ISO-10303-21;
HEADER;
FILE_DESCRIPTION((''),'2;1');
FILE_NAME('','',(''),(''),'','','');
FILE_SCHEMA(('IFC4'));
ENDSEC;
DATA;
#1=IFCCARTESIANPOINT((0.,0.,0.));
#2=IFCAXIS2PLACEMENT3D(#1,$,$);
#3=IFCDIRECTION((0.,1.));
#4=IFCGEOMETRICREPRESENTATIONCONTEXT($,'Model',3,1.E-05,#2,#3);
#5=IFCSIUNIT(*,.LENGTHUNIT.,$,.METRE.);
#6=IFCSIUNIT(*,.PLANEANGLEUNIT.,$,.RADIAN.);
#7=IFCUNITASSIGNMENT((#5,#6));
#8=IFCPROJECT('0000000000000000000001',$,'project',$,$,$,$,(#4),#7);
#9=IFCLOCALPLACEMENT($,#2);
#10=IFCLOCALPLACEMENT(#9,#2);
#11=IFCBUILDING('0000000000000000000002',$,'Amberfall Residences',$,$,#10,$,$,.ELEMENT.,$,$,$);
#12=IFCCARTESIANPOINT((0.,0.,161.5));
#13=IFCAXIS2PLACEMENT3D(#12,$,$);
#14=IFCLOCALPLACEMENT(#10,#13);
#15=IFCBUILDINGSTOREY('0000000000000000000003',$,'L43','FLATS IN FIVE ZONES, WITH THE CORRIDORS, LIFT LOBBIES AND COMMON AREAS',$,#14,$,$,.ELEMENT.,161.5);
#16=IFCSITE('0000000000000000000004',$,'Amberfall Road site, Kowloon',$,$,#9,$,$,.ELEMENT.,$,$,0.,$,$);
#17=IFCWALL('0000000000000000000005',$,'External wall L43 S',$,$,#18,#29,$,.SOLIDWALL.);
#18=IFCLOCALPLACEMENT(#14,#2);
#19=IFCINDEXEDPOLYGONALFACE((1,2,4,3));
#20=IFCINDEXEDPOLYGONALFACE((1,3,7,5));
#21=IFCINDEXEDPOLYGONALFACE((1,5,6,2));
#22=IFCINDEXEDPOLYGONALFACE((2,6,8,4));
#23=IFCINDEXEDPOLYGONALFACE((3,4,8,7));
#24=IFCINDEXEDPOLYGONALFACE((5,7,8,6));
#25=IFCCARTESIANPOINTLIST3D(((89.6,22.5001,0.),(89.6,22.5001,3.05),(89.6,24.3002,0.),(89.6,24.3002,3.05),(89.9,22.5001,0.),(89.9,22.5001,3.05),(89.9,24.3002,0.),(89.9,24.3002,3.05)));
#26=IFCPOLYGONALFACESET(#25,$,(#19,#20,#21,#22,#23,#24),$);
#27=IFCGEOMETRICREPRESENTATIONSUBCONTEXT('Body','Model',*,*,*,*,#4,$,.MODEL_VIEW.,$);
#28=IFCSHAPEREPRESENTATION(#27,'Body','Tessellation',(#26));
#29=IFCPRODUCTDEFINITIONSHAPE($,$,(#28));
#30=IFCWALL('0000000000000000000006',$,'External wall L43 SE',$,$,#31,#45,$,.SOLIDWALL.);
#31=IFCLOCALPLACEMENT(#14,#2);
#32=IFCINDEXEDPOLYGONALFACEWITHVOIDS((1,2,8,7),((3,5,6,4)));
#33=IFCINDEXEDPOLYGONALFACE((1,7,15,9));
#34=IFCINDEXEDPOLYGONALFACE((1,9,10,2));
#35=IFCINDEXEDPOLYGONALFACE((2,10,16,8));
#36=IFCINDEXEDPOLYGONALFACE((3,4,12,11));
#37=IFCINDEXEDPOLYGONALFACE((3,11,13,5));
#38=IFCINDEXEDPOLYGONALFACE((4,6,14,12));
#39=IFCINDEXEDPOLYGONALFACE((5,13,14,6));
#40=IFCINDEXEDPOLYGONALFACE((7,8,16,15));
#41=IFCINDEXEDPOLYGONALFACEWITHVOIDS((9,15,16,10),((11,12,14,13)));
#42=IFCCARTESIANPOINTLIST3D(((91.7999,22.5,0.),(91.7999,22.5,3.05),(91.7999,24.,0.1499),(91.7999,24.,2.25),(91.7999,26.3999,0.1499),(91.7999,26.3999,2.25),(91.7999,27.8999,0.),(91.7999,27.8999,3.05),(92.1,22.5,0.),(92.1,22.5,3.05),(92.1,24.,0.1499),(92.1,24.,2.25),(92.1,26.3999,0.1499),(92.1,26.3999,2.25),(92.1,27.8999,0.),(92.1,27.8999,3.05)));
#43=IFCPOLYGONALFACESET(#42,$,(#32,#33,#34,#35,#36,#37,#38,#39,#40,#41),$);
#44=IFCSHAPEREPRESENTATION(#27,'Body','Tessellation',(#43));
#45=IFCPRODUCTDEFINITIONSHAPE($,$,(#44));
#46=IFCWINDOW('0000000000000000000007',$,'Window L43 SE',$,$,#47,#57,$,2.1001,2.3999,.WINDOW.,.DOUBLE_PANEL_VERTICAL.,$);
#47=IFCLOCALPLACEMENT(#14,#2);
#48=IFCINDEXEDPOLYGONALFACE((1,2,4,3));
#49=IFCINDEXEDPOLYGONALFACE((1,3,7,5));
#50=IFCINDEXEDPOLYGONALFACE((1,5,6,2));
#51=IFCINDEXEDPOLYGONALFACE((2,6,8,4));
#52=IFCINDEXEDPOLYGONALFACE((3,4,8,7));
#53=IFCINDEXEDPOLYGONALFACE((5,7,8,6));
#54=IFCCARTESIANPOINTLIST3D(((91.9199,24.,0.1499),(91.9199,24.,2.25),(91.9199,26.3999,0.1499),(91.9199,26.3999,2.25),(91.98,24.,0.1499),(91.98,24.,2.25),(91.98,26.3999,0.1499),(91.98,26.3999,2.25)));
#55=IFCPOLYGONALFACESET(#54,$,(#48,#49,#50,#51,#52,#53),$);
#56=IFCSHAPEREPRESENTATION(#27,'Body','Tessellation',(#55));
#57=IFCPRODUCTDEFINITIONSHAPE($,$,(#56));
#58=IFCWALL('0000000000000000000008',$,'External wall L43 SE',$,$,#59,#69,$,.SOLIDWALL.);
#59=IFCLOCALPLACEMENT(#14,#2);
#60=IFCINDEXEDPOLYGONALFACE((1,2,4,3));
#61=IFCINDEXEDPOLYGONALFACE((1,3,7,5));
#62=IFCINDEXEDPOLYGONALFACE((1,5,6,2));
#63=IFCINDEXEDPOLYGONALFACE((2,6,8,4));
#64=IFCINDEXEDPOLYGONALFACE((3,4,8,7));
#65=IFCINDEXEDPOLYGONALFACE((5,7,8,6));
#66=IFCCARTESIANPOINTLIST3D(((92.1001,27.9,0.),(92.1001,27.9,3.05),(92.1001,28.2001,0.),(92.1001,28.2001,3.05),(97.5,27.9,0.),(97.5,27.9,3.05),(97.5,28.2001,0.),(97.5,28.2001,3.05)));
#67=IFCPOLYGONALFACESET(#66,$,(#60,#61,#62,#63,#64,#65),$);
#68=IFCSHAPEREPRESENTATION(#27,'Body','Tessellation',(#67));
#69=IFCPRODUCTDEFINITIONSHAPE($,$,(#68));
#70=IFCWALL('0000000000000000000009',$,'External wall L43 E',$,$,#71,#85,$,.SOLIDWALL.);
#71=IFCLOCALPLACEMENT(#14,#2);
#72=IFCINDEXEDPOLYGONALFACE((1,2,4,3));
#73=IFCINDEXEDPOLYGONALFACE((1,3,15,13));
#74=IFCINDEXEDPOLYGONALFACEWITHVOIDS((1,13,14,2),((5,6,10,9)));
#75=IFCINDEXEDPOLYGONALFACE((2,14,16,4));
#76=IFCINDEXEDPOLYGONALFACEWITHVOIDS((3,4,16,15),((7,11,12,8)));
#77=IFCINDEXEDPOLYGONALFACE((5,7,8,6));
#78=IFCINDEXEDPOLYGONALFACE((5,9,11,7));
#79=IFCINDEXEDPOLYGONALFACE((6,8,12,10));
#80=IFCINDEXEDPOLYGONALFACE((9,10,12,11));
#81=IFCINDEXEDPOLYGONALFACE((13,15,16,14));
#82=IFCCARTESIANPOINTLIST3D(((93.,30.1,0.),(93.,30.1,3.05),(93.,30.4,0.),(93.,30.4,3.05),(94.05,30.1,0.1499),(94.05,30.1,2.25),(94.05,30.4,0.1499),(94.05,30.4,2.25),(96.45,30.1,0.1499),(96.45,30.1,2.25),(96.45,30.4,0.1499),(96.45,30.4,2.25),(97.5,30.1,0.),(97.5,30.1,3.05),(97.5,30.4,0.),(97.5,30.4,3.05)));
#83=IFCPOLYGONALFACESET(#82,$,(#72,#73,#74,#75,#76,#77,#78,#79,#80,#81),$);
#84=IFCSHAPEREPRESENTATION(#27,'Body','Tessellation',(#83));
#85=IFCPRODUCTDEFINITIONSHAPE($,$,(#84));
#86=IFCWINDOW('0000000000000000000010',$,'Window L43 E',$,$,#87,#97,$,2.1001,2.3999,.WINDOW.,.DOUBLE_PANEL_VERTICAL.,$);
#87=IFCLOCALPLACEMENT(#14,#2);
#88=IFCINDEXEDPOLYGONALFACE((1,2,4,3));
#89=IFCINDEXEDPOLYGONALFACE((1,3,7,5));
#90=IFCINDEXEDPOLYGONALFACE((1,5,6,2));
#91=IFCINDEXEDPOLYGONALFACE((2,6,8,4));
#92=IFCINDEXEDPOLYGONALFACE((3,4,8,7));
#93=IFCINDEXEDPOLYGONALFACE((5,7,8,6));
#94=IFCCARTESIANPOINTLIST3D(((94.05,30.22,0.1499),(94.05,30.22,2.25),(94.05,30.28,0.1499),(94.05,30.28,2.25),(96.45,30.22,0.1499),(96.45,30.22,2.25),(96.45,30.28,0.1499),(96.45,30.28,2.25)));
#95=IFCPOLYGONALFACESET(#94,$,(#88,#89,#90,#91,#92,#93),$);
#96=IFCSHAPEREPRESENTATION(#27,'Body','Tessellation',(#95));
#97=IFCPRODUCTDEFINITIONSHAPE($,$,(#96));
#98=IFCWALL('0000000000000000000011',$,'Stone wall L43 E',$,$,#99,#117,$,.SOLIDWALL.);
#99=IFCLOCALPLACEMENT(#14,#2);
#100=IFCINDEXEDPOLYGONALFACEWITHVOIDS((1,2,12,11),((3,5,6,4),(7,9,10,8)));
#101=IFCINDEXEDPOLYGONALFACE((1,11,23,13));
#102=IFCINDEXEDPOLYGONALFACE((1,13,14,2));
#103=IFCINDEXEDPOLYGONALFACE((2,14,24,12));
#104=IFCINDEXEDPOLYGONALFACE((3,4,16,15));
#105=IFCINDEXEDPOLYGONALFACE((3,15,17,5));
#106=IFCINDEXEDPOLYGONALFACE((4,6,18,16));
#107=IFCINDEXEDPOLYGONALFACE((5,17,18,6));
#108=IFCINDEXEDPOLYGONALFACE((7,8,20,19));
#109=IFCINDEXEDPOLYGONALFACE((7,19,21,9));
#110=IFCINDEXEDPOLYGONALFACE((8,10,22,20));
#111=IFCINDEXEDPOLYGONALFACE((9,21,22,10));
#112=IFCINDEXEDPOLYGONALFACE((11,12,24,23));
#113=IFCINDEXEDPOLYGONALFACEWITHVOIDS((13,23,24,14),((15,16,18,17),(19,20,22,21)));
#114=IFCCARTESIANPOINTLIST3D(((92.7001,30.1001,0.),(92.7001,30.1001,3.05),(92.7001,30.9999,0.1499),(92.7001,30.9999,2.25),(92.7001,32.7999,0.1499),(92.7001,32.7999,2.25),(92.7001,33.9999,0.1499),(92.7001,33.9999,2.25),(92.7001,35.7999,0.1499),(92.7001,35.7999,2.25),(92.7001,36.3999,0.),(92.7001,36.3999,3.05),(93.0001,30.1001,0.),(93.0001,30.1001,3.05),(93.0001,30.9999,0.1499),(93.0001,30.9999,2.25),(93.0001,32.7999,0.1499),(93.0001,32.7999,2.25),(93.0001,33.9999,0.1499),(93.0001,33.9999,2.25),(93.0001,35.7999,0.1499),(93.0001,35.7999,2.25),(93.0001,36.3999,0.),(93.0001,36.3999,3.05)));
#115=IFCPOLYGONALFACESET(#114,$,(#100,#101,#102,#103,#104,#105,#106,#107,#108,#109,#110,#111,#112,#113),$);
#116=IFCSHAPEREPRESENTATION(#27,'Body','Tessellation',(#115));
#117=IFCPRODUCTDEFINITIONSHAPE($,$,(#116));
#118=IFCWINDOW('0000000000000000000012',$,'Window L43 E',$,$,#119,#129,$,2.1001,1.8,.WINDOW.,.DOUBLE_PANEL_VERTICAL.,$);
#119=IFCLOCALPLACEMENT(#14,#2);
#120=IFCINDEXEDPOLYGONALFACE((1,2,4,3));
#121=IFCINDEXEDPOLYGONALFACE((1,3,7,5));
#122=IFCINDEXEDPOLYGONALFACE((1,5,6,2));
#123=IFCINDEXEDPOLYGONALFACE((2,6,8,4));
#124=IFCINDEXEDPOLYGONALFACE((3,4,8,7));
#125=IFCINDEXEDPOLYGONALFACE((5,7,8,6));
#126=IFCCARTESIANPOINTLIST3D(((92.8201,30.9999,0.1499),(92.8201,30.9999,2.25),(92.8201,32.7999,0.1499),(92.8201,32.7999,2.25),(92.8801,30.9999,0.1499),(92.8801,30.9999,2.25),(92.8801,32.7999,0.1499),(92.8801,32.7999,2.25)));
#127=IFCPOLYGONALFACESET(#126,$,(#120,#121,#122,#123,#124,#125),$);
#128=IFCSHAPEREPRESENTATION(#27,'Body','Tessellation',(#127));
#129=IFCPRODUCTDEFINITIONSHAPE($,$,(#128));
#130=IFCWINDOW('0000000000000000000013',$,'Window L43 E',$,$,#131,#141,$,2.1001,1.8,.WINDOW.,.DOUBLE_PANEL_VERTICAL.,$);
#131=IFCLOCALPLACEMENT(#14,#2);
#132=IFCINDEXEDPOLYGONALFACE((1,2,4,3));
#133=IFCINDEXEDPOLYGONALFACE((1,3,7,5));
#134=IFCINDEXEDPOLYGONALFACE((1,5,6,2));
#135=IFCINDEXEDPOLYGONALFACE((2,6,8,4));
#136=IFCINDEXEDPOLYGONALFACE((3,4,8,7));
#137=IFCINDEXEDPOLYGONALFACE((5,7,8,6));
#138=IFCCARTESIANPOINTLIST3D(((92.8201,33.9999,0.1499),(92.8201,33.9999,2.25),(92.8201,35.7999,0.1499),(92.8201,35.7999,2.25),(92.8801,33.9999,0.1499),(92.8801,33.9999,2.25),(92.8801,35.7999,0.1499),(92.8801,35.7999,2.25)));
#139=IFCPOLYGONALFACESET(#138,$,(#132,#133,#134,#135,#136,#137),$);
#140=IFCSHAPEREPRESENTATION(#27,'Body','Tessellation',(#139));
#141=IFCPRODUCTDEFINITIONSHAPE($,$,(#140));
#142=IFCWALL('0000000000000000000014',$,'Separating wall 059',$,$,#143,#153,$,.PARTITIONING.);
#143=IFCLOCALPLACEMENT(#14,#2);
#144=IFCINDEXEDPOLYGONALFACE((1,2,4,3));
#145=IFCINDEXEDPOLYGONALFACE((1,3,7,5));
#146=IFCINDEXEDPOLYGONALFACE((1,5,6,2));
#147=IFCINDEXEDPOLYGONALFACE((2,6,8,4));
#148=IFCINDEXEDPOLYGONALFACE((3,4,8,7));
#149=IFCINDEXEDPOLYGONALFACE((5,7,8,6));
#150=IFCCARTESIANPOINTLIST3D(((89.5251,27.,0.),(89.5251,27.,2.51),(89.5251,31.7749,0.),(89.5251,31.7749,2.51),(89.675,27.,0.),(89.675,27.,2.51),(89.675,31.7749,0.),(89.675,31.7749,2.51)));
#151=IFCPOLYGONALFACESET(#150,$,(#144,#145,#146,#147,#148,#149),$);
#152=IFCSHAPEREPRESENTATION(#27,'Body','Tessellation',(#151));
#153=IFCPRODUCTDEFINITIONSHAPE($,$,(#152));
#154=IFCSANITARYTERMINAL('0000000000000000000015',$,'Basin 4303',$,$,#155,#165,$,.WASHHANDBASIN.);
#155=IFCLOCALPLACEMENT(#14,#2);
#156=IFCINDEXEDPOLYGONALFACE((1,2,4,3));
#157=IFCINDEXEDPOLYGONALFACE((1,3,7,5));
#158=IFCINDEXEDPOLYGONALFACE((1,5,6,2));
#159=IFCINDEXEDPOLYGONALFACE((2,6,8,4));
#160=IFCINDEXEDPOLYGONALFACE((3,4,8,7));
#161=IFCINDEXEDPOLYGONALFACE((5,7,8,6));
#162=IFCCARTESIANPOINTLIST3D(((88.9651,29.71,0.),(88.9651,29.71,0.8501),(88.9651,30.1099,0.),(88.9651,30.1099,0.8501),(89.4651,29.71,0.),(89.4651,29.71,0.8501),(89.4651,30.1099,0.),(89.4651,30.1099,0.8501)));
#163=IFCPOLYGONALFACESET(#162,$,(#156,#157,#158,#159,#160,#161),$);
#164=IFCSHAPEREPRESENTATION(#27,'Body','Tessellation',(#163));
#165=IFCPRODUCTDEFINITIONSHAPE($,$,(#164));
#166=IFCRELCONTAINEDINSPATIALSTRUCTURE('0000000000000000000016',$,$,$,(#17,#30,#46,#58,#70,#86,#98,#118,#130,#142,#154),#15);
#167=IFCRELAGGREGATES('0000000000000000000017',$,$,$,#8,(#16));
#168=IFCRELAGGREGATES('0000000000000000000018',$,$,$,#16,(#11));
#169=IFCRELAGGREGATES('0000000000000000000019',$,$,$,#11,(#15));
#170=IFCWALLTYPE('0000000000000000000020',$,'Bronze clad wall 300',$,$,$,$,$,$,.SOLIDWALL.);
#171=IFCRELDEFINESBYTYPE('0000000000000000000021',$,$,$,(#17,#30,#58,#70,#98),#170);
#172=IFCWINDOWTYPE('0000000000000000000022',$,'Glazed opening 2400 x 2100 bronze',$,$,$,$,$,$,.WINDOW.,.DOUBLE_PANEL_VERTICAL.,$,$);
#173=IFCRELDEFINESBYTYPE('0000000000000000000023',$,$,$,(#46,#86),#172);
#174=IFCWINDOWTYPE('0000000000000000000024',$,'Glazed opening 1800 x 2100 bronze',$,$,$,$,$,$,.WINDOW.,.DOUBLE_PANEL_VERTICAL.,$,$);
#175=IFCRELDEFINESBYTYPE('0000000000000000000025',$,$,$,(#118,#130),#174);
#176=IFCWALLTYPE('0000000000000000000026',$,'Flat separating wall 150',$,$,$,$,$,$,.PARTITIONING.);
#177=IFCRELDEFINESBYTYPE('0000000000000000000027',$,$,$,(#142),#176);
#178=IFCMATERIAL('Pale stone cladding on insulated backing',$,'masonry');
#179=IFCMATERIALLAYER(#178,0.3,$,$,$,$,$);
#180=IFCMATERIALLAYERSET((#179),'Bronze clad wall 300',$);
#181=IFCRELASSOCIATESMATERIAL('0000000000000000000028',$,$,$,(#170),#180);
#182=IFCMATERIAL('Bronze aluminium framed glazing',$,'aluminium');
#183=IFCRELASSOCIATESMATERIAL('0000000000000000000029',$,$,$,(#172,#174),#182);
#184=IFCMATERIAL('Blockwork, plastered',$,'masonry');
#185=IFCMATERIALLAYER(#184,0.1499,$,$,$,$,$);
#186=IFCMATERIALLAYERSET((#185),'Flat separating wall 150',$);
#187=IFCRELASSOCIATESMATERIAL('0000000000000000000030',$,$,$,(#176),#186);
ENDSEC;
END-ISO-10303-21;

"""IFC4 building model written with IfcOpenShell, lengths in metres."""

from ifc_helpers import new_model, si_unit, direction, frame, frame_2d, origin, origin_2d, place, context, subcontext, project, spatial, rectangle, extrude, material, layer, layer_set, type_object, element, fill, save


model = new_model("IFC4")

# Units and contexts
model_context = context("Model", 3, precision=1e-05, world=origin(), true_north=direction((0.0, 1.0)))
body_context = subcontext(model_context, "Body", "Model", "MODEL_VIEW")
ifc_project = project(units=[si_unit("LENGTHUNIT", "METRE"), si_unit("PLANEANGLEUNIT", "RADIAN")], contexts=[model_context])

# Site, building, storey
site_placement = place(None, origin())
site = spatial("IfcSite", under=ifc_project, at=site_placement, Name="Amberfall Road site, Kowloon", CompositionType="ELEMENT", RefElevation=0.0)
building_placement = place(site_placement, origin())
building = spatial("IfcBuilding", under=site, at=building_placement, Name="Amberfall Residences", CompositionType="ELEMENT")
storey_placement = place(building_placement, frame((0.0, 0.0, 161.5)))
storey = spatial("IfcBuildingStorey", under=building, at=storey_placement, Name="L43", Description="FLATS IN FIVE ZONES, WITH THE CORRIDORS, LIFT LOBBIES AND COMMON AREAS", CompositionType="ELEMENT", Elevation=161.5)

# Wall
ifc_material_1 = material(Name="Pale stone cladding on insulated backing", Category="masonry")
ifc_layer_1 = layer(ifc_material_1, 0.3)
ifc_layer_set_1 = layer_set([ifc_layer_1], Name="Bronze clad wall 300")
wall_type_1 = type_object("IfcWallType", Name="Bronze clad wall 300", PredefinedType="SOLIDWALL", material=ifc_layer_set_1)
wall_1_placement = place(storey_placement, frame((89.75, 24.3, 0.0), z_axis=(0.0, 0.0, 1.0), x_axis=(0.0, -1.0, 0.0)))
element("IfcWall", 1, at=wall_1_placement, inside=storey, type_object=wall_type_1, Name="External wall L43 S", PredefinedType="SOLIDWALL", context=body_context, shape_type="SweptSolid", body=[
    extrude(rectangle(XDim=1.8, YDim=0.3, at=frame_2d((0.8999, 0.0))), origin(), (0.0, 0.0, 1.0), 3.05),
])

# Wall, opening, window
wall_2_placement = place(storey_placement, frame((91.95, 22.5, 0.0), z_axis=(0.0, 0.0, 1.0), x_axis=(0.0, 1.0, 0.0)))
wall_2 = element("IfcWall", 2, at=wall_2_placement, inside=storey, type_object=wall_type_1, Name="External wall L43 SE", PredefinedType="SOLIDWALL", context=body_context, shape_type="SweptSolid", body=[
    extrude(rectangle(XDim=5.3999, YDim=0.3, at=frame_2d((2.7, 0.0))), origin(), (0.0, 0.0, 1.0), 3.05),
])
opening_1_placement = place(wall_2_placement, frame((1.5, 0.0, 0.1499)))
opening_1 = element("IfcOpeningElement", 3, at=opening_1_placement, cuts=wall_2, PredefinedType="OPENING", context=body_context, shape_type="SweptSolid", body=[
    extrude(rectangle(XDim=2.3999, YDim=2.1001, at=frame_2d((1.2, 1.05))), frame((0.0, 0.1599, 0.0), z_axis=(0.0, -1.0, 0.0), x_axis=(1.0, 0.0, 0.0)), (0.0, 0.0, 1.0), 0.3201),
])
ifc_material_2 = material(Name="Bronze aluminium framed glazing", Category="aluminium")
window_type_1 = type_object("IfcWindowType", Name="Glazed opening 2400 x 2100 bronze", PartitioningType="DOUBLE_PANEL_VERTICAL", PredefinedType="WINDOW", material=ifc_material_2)
window_1_placement = place(opening_1_placement, origin())
window_1 = element("IfcWindow", 4, at=window_1_placement, inside=storey, type_object=window_type_1, Name="Window L43 SE", OverallHeight=2.1001, OverallWidth=2.3999, PartitioningType="DOUBLE_PANEL_VERTICAL", PredefinedType="WINDOW", context=body_context, shape_type="SweptSolid", body=[
    extrude(rectangle(XDim=2.3999, YDim=2.1001, at=frame_2d((1.2, 1.05))), frame((0.0, 0.03, 0.0), z_axis=(0.0, -1.0, 0.0), x_axis=(1.0, 0.0, 0.0)), (0.0, 0.0, 1.0), 0.0601),
])
fill(opening_1, window_1)

# Wall
wall_3_placement = place(storey_placement, frame((92.1001, 28.05, 0.0), z_axis=(0.0, 0.0, 1.0), x_axis=(1.0, 0.0, 0.0)))
element("IfcWall", 5, at=wall_3_placement, inside=storey, type_object=wall_type_1, Name="External wall L43 SE", PredefinedType="SOLIDWALL", context=body_context, shape_type="SweptSolid", body=[
    extrude(rectangle(XDim=5.3999, YDim=0.3, at=frame_2d((2.7, 0.0))), origin(), (0.0, 0.0, 1.0), 3.05),
])

# Wall, opening, window
wall_4_placement = place(storey_placement, frame((97.5, 30.25, 0.0), z_axis=(0.0, 0.0, 1.0), x_axis=(-1.0, 0.0, 0.0)))
wall_4 = element("IfcWall", 6, at=wall_4_placement, inside=storey, type_object=wall_type_1, Name="External wall L43 E", PredefinedType="SOLIDWALL", context=body_context, shape_type="SweptSolid", body=[
    extrude(rectangle(XDim=4.5, YDim=0.3, at=frame_2d((2.25, 0.0))), origin(), (0.0, 0.0, 1.0), 3.05),
])
opening_2_placement = place(wall_4_placement, frame((1.05, 0.0, 0.1499)))
opening_2 = element("IfcOpeningElement", 7, at=opening_2_placement, cuts=wall_4, PredefinedType="OPENING", context=body_context, shape_type="SweptSolid", body=[
    extrude(rectangle(XDim=2.3999, YDim=2.1001, at=frame_2d((1.2, 1.05))), frame((0.0, 0.1599, 0.0), z_axis=(0.0, -1.0, 0.0), x_axis=(1.0, 0.0, 0.0)), (0.0, 0.0, 1.0), 0.3201),
])
window_2_placement = place(opening_2_placement, origin())
window_2 = element("IfcWindow", 8, at=window_2_placement, inside=storey, type_object=window_type_1, Name="Window L43 E", OverallHeight=2.1001, OverallWidth=2.3999, PartitioningType="DOUBLE_PANEL_VERTICAL", PredefinedType="WINDOW", context=body_context, shape_type="SweptSolid", body=[
    extrude(rectangle(XDim=2.3999, YDim=2.1001, at=frame_2d((1.2, 1.05))), frame((0.0, 0.03, 0.0), z_axis=(0.0, -1.0, 0.0), x_axis=(1.0, 0.0, 0.0)), (0.0, 0.0, 1.0), 0.0601),
])
fill(opening_2, window_2)

# Wall, openings, windows
wall_5_placement = place(storey_placement, frame((92.8501, 30.1001, 0.0), z_axis=(0.0, 0.0, 1.0), x_axis=(0.0, 1.0, 0.0)))
wall_5 = element("IfcWall", 9, at=wall_5_placement, inside=storey, type_object=wall_type_1, Name="Stone wall L43 E", PredefinedType="SOLIDWALL", context=body_context, shape_type="SweptSolid", body=[
    extrude(rectangle(XDim=6.2998, YDim=0.3, at=frame_2d((3.1499, 0.0))), origin(), (0.0, 0.0, 1.0), 3.05),
])
opening_3_placement = place(wall_5_placement, frame((0.8999, 0.0, 0.1499)))
opening_3 = element("IfcOpeningElement", 10, at=opening_3_placement, cuts=wall_5, PredefinedType="OPENING", context=body_context, shape_type="SweptSolid", body=[
    extrude(rectangle(XDim=1.8, YDim=2.1001, at=frame_2d((0.8999, 1.05))), frame((0.0, 0.1599, 0.0), z_axis=(0.0, -1.0, 0.0), x_axis=(1.0, 0.0, 0.0)), (0.0, 0.0, 1.0), 0.3201),
])
opening_4_placement = place(wall_5_placement, frame((3.8999, 0.0, 0.1499)))
opening_4 = element("IfcOpeningElement", 11, at=opening_4_placement, cuts=wall_5, PredefinedType="OPENING", context=body_context, shape_type="SweptSolid", body=[
    extrude(rectangle(XDim=1.8, YDim=2.1001, at=frame_2d((0.8999, 1.05))), frame((0.0, 0.1599, 0.0), z_axis=(0.0, -1.0, 0.0), x_axis=(1.0, 0.0, 0.0)), (0.0, 0.0, 1.0), 0.3201),
])
window_type_2 = type_object("IfcWindowType", Name="Glazed opening 1800 x 2100 bronze", PartitioningType="DOUBLE_PANEL_VERTICAL", PredefinedType="WINDOW", material=ifc_material_2)
window_3_placement = place(opening_3_placement, origin())
window_3 = element("IfcWindow", 12, at=window_3_placement, inside=storey, type_object=window_type_2, Name="Window L43 E", OverallHeight=2.1001, OverallWidth=1.8, PartitioningType="DOUBLE_PANEL_VERTICAL", PredefinedType="WINDOW", context=body_context, shape_type="SweptSolid", body=[
    extrude(rectangle(XDim=1.8, YDim=2.1001, at=frame_2d((0.8999, 1.05))), frame((0.0, 0.03, 0.0), z_axis=(0.0, -1.0, 0.0), x_axis=(1.0, 0.0, 0.0)), (0.0, 0.0, 1.0), 0.0601),
])
fill(opening_3, window_3)
window_4_placement = place(opening_4_placement, origin())
window_4 = element("IfcWindow", 13, at=window_4_placement, inside=storey, type_object=window_type_2, Name="Window L43 E", OverallHeight=2.1001, OverallWidth=1.8, PartitioningType="DOUBLE_PANEL_VERTICAL", PredefinedType="WINDOW", context=body_context, shape_type="SweptSolid", body=[
    extrude(rectangle(XDim=1.8, YDim=2.1001, at=frame_2d((0.8999, 1.05))), frame((0.0, 0.03, 0.0), z_axis=(0.0, -1.0, 0.0), x_axis=(1.0, 0.0, 0.0)), (0.0, 0.0, 1.0), 0.0601),
])
fill(opening_4, window_4)

# Wall
ifc_material_3 = material(Name="Blockwork, plastered", Category="masonry")
ifc_layer_2 = layer(ifc_material_3, 0.1499)
ifc_layer_set_2 = layer_set([ifc_layer_2], Name="Flat separating wall 150")
wall_type_2 = type_object("IfcWallType", Name="Flat separating wall 150", PredefinedType="PARTITIONING", material=ifc_layer_set_2)
wall_6_placement = place(storey_placement, frame((89.6001, 27.0, 0.0), z_axis=(0.0, 0.0, 1.0), x_axis=(0.0, 1.0, 0.0)))
element("IfcWall", 14, at=wall_6_placement, inside=storey, type_object=wall_type_2, Name="Separating wall 059", PredefinedType="PARTITIONING", context=body_context, shape_type="SweptSolid", body=[
    extrude(rectangle(XDim=4.7749, YDim=0.1499, at=frame_2d((2.3875, 0.0))), origin(), (0.0, 0.0, 1.0), 2.51),
])

# Sanitary terminal
sanitary_terminal_placement = place(storey_placement, frame((89.2151, 29.9099, 0.0), z_axis=(0.0, 0.0, 1.0), x_axis=(1.0, 0.0, 0.0)))
element("IfcSanitaryTerminal", 15, at=sanitary_terminal_placement, inside=storey, Name="Basin 4303", PredefinedType="WASHHANDBASIN", context=body_context, shape_type="SweptSolid", body=[
    extrude(rectangle(XDim=0.5, YDim=0.3999, at=origin_2d()), origin(), (0.0, 0.0, 1.0), 0.8501),
])

save(model, "model.ifc")
